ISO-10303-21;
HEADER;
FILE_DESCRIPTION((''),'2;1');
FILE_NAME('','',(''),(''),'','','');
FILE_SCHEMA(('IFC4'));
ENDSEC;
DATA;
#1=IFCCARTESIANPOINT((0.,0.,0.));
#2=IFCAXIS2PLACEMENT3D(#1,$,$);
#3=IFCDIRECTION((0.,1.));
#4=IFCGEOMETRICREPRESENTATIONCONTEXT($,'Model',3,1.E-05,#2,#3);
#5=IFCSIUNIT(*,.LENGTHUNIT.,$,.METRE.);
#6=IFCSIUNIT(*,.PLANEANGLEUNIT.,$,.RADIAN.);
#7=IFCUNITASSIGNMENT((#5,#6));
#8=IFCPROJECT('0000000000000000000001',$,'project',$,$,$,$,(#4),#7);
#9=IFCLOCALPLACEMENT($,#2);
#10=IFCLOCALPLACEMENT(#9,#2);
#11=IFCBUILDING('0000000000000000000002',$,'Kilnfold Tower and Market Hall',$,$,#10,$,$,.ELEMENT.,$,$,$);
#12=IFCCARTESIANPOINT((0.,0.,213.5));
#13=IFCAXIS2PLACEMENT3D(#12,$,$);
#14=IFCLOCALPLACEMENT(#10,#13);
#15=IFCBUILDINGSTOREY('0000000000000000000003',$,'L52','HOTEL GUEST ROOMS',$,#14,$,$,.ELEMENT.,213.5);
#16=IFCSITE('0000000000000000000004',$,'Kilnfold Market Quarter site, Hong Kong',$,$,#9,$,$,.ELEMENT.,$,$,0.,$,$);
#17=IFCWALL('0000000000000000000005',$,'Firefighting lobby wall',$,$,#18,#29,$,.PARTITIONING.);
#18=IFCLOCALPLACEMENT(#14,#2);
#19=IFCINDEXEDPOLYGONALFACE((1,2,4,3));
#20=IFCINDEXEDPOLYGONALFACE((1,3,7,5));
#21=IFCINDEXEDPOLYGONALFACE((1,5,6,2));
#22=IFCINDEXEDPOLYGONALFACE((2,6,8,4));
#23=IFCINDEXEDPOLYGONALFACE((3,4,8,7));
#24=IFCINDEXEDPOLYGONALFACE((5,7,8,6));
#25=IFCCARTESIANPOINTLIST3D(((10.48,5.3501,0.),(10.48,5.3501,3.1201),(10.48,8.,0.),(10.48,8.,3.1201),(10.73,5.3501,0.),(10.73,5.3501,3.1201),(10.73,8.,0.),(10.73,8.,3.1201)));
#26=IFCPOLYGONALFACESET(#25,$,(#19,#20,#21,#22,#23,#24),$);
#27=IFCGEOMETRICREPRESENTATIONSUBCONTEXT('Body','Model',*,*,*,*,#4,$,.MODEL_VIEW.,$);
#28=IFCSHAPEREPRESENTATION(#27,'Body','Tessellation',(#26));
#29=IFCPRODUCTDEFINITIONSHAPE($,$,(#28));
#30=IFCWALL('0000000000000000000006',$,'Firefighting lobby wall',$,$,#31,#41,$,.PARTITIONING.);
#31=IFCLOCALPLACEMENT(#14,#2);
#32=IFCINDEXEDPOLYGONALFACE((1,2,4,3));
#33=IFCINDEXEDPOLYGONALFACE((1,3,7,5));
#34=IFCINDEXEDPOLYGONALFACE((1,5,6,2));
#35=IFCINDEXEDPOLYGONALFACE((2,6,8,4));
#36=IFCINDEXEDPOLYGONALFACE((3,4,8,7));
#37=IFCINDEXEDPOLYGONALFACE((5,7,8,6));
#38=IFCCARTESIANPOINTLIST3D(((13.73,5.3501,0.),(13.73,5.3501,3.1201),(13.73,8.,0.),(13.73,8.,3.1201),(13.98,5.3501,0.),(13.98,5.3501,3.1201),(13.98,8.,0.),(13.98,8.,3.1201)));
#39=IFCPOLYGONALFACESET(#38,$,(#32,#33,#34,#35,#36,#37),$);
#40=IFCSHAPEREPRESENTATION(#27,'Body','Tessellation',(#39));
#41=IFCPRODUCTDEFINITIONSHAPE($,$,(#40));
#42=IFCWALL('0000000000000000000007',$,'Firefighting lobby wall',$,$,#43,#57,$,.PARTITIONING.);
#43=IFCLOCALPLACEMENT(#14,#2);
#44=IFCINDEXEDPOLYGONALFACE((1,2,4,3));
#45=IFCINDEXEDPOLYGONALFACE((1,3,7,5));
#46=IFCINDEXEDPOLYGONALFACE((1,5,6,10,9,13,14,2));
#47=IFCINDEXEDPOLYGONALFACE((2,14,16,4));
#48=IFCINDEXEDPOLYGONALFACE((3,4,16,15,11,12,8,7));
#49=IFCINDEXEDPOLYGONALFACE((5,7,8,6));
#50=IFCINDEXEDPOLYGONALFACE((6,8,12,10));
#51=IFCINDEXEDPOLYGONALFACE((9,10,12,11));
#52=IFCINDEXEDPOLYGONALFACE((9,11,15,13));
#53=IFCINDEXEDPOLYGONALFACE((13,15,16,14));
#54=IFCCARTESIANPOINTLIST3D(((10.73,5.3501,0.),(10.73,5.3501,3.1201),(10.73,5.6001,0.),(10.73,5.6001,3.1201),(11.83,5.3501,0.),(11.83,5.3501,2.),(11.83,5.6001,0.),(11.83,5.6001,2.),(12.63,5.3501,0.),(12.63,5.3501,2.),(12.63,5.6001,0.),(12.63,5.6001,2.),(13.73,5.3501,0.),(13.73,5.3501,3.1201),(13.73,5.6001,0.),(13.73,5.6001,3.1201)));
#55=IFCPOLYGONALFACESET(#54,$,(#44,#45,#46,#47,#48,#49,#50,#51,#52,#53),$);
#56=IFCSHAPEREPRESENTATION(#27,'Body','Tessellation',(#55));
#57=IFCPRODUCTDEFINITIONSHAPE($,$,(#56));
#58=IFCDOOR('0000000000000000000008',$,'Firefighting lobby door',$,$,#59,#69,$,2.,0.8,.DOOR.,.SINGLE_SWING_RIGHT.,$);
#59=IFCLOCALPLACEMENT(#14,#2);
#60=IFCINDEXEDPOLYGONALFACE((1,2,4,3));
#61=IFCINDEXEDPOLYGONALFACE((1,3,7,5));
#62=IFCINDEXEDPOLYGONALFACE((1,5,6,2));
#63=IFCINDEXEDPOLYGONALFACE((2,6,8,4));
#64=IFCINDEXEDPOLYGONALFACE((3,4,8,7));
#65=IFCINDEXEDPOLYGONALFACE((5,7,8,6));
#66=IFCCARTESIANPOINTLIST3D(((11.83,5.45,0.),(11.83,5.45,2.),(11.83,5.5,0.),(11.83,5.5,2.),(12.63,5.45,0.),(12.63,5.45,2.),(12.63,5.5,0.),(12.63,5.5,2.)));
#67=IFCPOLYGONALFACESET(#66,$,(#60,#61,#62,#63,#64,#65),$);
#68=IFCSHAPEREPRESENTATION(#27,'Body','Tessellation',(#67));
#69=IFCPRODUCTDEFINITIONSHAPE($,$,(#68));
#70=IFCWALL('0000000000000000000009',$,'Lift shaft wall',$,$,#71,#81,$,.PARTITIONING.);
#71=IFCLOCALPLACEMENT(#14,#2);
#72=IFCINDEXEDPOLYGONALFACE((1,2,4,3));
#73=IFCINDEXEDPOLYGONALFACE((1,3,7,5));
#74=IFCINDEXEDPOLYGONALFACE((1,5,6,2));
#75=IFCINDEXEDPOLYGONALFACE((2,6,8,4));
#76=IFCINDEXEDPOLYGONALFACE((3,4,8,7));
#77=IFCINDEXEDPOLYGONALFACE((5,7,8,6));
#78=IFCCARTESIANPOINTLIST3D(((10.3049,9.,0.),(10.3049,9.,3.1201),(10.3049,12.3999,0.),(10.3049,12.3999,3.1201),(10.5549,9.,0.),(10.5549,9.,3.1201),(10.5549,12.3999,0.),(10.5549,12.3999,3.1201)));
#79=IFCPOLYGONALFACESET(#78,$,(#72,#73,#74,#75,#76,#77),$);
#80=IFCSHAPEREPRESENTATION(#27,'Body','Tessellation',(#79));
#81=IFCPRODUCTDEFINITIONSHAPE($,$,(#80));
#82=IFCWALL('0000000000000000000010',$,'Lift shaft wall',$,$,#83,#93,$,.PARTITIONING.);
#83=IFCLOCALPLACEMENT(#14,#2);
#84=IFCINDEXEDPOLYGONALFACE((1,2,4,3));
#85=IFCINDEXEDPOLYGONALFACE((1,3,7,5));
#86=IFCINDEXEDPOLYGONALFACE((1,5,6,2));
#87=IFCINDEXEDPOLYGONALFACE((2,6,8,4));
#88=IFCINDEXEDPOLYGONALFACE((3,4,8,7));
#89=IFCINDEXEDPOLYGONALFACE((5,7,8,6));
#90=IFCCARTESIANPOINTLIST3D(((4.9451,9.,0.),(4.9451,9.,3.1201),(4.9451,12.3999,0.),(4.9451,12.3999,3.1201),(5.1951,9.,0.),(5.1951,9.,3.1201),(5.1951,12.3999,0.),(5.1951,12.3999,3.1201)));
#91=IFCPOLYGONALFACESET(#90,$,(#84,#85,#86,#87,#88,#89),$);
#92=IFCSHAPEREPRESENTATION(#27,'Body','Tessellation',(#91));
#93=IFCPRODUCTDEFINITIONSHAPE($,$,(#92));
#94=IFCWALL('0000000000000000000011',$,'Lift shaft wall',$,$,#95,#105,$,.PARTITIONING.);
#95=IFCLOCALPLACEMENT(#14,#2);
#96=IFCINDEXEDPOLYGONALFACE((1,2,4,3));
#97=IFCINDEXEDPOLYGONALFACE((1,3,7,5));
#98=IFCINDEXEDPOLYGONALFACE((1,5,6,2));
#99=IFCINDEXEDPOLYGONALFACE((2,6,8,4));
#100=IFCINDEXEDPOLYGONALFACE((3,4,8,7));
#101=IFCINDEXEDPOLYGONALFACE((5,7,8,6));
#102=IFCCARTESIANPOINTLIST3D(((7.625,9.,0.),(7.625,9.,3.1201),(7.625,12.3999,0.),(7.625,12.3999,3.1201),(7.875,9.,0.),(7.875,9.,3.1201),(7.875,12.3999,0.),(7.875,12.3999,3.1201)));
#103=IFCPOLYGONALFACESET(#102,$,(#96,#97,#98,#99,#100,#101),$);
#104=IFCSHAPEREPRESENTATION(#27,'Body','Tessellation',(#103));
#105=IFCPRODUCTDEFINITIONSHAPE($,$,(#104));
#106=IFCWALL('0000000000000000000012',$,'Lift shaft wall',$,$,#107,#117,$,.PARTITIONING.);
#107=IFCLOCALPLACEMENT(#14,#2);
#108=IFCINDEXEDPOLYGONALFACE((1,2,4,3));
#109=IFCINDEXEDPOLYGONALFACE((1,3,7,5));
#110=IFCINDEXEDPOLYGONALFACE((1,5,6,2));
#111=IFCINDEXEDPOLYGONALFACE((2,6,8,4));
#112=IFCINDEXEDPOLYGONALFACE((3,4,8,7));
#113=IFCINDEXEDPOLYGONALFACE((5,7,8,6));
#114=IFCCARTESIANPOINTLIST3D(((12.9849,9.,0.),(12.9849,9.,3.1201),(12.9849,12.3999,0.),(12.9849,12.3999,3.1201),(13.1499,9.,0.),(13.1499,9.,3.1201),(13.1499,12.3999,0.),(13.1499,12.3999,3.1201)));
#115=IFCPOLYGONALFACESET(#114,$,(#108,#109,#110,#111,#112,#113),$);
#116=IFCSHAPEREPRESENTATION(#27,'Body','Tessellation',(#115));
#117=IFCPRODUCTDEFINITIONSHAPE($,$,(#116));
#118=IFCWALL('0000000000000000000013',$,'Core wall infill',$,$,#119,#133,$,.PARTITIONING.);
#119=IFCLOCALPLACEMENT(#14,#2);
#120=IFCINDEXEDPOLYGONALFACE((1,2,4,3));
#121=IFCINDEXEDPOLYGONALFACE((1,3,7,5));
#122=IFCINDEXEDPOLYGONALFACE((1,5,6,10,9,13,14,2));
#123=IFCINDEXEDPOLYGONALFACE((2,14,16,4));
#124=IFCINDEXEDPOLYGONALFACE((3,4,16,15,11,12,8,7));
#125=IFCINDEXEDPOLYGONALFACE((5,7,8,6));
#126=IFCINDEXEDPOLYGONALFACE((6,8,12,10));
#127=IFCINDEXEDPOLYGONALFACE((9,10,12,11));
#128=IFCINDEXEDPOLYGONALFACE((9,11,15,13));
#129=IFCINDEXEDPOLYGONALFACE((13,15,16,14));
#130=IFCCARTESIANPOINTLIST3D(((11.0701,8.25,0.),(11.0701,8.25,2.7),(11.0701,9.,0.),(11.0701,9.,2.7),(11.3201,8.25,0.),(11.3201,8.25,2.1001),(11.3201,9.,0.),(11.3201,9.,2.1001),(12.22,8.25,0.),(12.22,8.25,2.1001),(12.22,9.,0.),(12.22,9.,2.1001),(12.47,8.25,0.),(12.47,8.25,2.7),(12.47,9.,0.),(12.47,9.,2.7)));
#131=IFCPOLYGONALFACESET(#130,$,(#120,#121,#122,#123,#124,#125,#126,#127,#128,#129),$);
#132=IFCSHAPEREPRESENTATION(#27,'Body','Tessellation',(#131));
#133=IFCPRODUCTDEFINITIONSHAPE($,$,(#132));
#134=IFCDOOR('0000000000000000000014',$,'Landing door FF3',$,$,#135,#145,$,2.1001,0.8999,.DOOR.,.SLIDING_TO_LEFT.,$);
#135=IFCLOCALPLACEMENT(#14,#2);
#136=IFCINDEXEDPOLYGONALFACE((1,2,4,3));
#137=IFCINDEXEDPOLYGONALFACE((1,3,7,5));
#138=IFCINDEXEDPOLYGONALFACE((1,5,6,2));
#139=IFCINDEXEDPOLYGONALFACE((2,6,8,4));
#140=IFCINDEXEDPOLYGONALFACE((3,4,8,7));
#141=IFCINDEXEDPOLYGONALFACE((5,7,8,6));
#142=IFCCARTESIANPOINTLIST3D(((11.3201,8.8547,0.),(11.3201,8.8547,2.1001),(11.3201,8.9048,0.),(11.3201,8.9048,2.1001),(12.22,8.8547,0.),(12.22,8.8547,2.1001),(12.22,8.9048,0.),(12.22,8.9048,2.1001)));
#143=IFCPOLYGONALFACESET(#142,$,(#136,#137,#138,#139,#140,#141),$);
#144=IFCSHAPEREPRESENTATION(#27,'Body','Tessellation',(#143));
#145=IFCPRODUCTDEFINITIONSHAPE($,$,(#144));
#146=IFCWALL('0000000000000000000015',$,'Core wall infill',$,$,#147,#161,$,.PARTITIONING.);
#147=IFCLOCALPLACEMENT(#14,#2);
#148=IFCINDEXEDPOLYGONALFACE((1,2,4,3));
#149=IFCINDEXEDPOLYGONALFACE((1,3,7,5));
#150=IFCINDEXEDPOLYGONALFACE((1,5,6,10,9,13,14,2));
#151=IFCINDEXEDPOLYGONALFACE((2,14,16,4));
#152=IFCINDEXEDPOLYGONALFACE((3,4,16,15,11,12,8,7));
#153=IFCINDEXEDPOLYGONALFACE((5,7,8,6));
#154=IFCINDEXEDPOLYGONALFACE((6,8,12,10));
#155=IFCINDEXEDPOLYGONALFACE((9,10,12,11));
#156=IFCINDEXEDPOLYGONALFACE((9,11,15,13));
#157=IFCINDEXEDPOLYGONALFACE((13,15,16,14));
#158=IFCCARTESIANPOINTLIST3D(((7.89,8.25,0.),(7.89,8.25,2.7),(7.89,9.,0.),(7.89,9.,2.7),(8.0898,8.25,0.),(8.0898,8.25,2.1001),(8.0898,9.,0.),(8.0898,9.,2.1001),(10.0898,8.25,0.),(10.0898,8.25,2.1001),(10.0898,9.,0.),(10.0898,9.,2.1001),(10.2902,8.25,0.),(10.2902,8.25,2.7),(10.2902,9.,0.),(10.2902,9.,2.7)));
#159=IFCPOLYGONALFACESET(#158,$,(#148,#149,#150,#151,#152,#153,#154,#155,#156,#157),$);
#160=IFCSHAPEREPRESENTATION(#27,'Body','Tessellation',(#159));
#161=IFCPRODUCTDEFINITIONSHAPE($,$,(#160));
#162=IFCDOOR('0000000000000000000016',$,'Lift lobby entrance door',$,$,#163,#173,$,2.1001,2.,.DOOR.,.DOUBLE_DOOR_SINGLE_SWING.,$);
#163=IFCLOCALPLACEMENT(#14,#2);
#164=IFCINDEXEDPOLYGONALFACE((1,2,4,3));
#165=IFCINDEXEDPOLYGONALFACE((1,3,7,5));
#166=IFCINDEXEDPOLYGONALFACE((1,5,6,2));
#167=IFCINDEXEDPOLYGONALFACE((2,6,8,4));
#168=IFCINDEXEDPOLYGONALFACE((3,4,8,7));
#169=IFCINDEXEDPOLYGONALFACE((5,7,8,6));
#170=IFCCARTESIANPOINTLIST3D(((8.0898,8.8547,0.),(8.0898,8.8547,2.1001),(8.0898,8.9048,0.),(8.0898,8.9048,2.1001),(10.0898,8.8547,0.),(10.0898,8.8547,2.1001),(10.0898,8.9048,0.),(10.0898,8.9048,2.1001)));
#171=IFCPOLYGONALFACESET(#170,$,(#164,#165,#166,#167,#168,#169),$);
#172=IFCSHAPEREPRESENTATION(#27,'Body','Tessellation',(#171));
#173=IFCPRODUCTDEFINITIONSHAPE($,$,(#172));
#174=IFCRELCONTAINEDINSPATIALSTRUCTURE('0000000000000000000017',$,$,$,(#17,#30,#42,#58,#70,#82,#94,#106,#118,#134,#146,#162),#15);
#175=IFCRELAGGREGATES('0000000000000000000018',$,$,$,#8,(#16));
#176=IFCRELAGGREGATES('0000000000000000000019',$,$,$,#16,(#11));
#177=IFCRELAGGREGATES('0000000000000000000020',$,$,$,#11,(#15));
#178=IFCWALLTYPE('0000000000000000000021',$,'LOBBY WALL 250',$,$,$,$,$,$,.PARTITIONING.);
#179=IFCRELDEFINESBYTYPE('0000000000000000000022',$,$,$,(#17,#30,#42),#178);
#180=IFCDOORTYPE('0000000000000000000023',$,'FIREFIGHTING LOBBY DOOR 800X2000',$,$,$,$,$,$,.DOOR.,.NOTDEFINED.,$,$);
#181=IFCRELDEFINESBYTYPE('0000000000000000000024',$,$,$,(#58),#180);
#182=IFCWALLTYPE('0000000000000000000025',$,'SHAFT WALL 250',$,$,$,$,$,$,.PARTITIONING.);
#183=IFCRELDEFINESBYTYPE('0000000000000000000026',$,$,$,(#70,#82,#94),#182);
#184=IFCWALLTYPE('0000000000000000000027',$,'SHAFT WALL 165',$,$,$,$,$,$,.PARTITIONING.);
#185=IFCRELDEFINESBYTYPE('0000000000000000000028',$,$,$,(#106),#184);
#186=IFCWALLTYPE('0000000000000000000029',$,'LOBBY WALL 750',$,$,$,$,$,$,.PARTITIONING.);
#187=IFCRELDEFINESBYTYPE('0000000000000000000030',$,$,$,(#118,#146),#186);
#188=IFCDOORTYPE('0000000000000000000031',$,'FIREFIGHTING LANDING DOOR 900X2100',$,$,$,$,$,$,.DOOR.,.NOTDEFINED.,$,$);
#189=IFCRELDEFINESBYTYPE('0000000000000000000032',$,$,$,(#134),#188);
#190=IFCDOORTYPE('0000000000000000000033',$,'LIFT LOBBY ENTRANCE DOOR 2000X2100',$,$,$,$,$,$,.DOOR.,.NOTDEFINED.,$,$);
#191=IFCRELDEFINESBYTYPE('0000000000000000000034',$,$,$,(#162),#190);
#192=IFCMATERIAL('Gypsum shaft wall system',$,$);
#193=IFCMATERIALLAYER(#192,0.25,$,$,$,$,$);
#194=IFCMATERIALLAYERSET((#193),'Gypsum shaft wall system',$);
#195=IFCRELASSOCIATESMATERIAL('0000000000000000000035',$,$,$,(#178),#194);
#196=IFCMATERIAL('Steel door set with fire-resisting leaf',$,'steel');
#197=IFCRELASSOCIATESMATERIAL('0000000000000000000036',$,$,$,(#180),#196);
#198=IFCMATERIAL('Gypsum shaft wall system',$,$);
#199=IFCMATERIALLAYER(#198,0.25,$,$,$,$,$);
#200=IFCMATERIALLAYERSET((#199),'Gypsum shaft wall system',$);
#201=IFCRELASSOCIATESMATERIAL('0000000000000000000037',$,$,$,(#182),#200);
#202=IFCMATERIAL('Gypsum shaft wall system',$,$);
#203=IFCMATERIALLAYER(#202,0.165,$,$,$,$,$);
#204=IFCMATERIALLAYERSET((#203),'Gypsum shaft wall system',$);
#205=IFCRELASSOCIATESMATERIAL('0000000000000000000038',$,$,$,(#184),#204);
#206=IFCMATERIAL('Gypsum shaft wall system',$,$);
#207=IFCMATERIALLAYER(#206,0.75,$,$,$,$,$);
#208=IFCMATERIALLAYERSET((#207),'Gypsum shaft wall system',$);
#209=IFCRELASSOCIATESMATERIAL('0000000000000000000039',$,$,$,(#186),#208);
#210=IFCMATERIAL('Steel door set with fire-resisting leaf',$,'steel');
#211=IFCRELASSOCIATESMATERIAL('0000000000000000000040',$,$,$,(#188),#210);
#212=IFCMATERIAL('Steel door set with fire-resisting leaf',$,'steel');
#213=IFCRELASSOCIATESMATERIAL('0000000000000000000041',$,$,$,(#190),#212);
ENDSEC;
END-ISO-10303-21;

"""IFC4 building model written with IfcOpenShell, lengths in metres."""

from ifc_helpers import new_model, si_unit, direction, frame, frame_2d, origin, place, context, subcontext, project, spatial, rectangle, extrude, source, transform, mapped, material, layer, layer_set, type_object, element, fill, save


model = new_model("IFC4")

# Units and contexts
model_context = context("Model", 3, precision=1e-05, world=origin(), true_north=direction((0.0, 1.0)))
body_context = subcontext(model_context, "Body", "Model", "MODEL_VIEW")
ifc_project = project(units=[si_unit("LENGTHUNIT", "METRE"), si_unit("PLANEANGLEUNIT", "RADIAN")], contexts=[model_context])

# Site, building, storey
site_placement = place(None, origin())
site = spatial("IfcSite", under=ifc_project, at=site_placement, Name="Kilnfold Market Quarter site, Hong Kong", CompositionType="ELEMENT", RefElevation=0.0)
building_placement = place(site_placement, origin())
building = spatial("IfcBuilding", under=site, at=building_placement, Name="Kilnfold Tower and Market Hall", CompositionType="ELEMENT")
storey_placement = place(building_placement, frame((0.0, 0.0, 213.5)))
storey = spatial("IfcBuildingStorey", under=building, at=storey_placement, Name="L52", Description="HOTEL GUEST ROOMS", CompositionType="ELEMENT", Elevation=213.5)

# Walls
ifc_material_1 = material(Name="Gypsum shaft wall system")
ifc_layer_1 = layer(ifc_material_1, 0.25)
ifc_layer_set_1 = layer_set([ifc_layer_1], Name="Gypsum shaft wall system")
wall_type_1 = type_object("IfcWallType", Name="LOBBY WALL 250", PredefinedType="PARTITIONING", material=ifc_layer_set_1)
shared_shape_1 = source(origin(), body_context, "Body", "SweptSolid", [
    extrude(rectangle(XDim=2.6499, YDim=0.25, at=frame_2d((1.325, 0.0))), origin(), (0.0, 0.0, 1.0), 3.1201),
])
for number, where, z_axis, x_axis, name in (
    (1, (10.605, 5.3501, 0.0), (0.0, 0.0, 1.0), (0.0, 1.0, 0.0), "Firefighting lobby wall"),
    (2, (13.855, 5.3501, 0.0), (0.0, 0.0, 1.0), (0.0, 1.0, 0.0), "Firefighting lobby wall"),
):
    element("IfcWall", number, at=place(storey_placement, frame(where, z_axis=z_axis, x_axis=x_axis)), inside=storey, type_object=wall_type_1, Name=name, PredefinedType="PARTITIONING", context=body_context, shape_type="MappedRepresentation", body=[
        mapped(shared_shape_1, transform((0.0, 0.0, 0.0))),
    ])

# Wall, opening, door
shared_shape_2 = source(origin(), body_context, "Body", "SweptSolid", [
    extrude(rectangle(XDim=3.0, YDim=0.25, at=frame_2d((1.5, 0.0))), origin(), (0.0, 0.0, 1.0), 3.1201),
])
wall_1_placement = place(storey_placement, frame((10.73, 5.4751, 0.0), z_axis=(0.0, 0.0, 1.0), x_axis=(1.0, 0.0, 0.0)))
wall_1 = element("IfcWall", 3, at=wall_1_placement, inside=storey, type_object=wall_type_1, Name="Firefighting lobby wall", PredefinedType="PARTITIONING", context=body_context, shape_type="MappedRepresentation", body=[
    mapped(shared_shape_2, transform((0.0, 0.0, 0.0))),
])
opening_1_placement = place(wall_1_placement, frame((1.1001, 0.0, 0.0)))
opening_1 = element("IfcOpeningElement", 4, at=opening_1_placement, cuts=wall_1, PredefinedType="OPENING", context=body_context, shape_type="SweptSolid", body=[
    extrude(rectangle(XDim=0.8, YDim=2.0, at=frame_2d((0.3999, 1.0))), frame((0.0, 0.135, 0.0), z_axis=(0.0, -1.0, 0.0), x_axis=(1.0, 0.0, 0.0)), (0.0, 0.0, 1.0), 0.27),
])
ifc_material_2 = material(Name="Steel door set with fire-resisting leaf", Category="steel")
door_type_1 = type_object("IfcDoorType", Name="FIREFIGHTING LOBBY DOOR 800X2000", OperationType="NOTDEFINED", PredefinedType="DOOR", material=ifc_material_2)
door_1_placement = place(opening_1_placement, origin())
door_1 = element("IfcDoor", 5, at=door_1_placement, inside=storey, type_object=door_type_1, Name="Firefighting lobby door", OperationType="SINGLE_SWING_RIGHT", OverallHeight=2.0, OverallWidth=0.8, PredefinedType="DOOR", context=body_context, shape_type="SweptSolid", body=[
    extrude(rectangle(XDim=0.8, YDim=2.0, at=frame_2d((0.3999, 1.0))), frame((0.0, 0.0249, 0.0), z_axis=(0.0, -1.0, 0.0), x_axis=(1.0, 0.0, 0.0)), (0.0, 0.0, 1.0), 0.05),
])
fill(opening_1, door_1)

# Walls
ifc_material_3 = material(Name="Gypsum shaft wall system")
ifc_layer_2 = layer(ifc_material_3, 0.25)
ifc_layer_set_2 = layer_set([ifc_layer_2], Name="Gypsum shaft wall system")
wall_type_2 = type_object("IfcWallType", Name="SHAFT WALL 250", PredefinedType="PARTITIONING", material=ifc_layer_set_2)
shared_shape_3 = source(origin(), body_context, "Body", "SweptSolid", [
    extrude(rectangle(XDim=3.3999, YDim=0.25, at=frame_2d((1.7, 0.0))), origin(), (0.0, 0.0, 1.0), 3.1201),
])
for number, where, z_axis, x_axis, name in (
    (6, (10.4299, 9.0, 0.0), (0.0, 0.0, 1.0), (0.0, 1.0, 0.0), "Lift shaft wall"),
    (7, (5.0701, 9.0, 0.0), (0.0, 0.0, 1.0), (0.0, 1.0, 0.0), "Lift shaft wall"),
    (8, (7.75, 9.0, 0.0), (0.0, 0.0, 1.0), (0.0, 1.0, 0.0), "Lift shaft wall"),
):
    element("IfcWall", number, at=place(storey_placement, frame(where, z_axis=z_axis, x_axis=x_axis)), inside=storey, type_object=wall_type_2, Name=name, PredefinedType="PARTITIONING", context=body_context, shape_type="MappedRepresentation", body=[
        mapped(shared_shape_3, transform((0.0, 0.0, 0.0))),
    ])
ifc_material_4 = material(Name="Gypsum shaft wall system")
ifc_layer_3 = layer(ifc_material_4, 0.165)
ifc_layer_set_3 = layer_set([ifc_layer_3], Name="Gypsum shaft wall system")
wall_type_3 = type_object("IfcWallType", Name="SHAFT WALL 165", PredefinedType="PARTITIONING", material=ifc_layer_set_3)
shared_shape_4 = source(origin(), body_context, "Body", "SweptSolid", [
    extrude(rectangle(XDim=3.3999, YDim=0.165, at=frame_2d((1.7, 0.0))), origin(), (0.0, 0.0, 1.0), 3.1201),
])
wall_2_placement = place(storey_placement, frame((13.0674, 9.0, 0.0), z_axis=(0.0, 0.0, 1.0), x_axis=(0.0, 1.0, 0.0)))
element("IfcWall", 9, at=wall_2_placement, inside=storey, type_object=wall_type_3, Name="Lift shaft wall", PredefinedType="PARTITIONING", context=body_context, shape_type="MappedRepresentation", body=[
    mapped(shared_shape_4, transform((0.0, 0.0, 0.0))),
])

# Walls, openings, doors
ifc_material_5 = material(Name="Gypsum shaft wall system")
ifc_layer_4 = layer(ifc_material_5, 0.75)
ifc_layer_set_4 = layer_set([ifc_layer_4], Name="Gypsum shaft wall system")
wall_type_4 = type_object("IfcWallType", Name="LOBBY WALL 750", PredefinedType="PARTITIONING", material=ifc_layer_set_4)
shared_shape_5 = source(origin(), body_context, "Body", "SweptSolid", [
    extrude(rectangle(XDim=1.3999, YDim=0.75, at=frame_2d((0.7, 0.0))), origin(), (0.0, 0.0, 1.0), 2.7),
])
wall_3_placement = place(storey_placement, frame((11.0701, 8.625, 0.0), z_axis=(0.0, 0.0, 1.0), x_axis=(1.0, 0.0, 0.0)))
wall_3 = element("IfcWall", 10, at=wall_3_placement, inside=storey, type_object=wall_type_4, Name="Core wall infill", PredefinedType="PARTITIONING", context=body_context, shape_type="MappedRepresentation", body=[
    mapped(shared_shape_5, transform((0.0, 0.0, 0.0))),
])
opening_2_placement = place(wall_3_placement, frame((0.25, 0.0, 0.0)))
opening_2 = element("IfcOpeningElement", 11, at=opening_2_placement, cuts=wall_3, PredefinedType="OPENING", context=body_context, shape_type="SweptSolid", body=[
    extrude(rectangle(XDim=0.8999, YDim=2.1001, at=frame_2d((0.45, 1.05))), frame((0.0, 0.385, 0.0), z_axis=(0.0, -1.0, 0.0), x_axis=(1.0, 0.0, 0.0)), (0.0, 0.0, 1.0), 0.77),
])
ifc_material_6 = material(Name="Steel door set with fire-resisting leaf", Category="steel")
door_type_2 = type_object("IfcDoorType", Name="FIREFIGHTING LANDING DOOR 900X2100", OperationType="NOTDEFINED", PredefinedType="DOOR", material=ifc_material_6)
door_2_placement = place(opening_2_placement, origin())
door_2 = element("IfcDoor", 12, at=door_2_placement, inside=storey, type_object=door_type_2, Name="Landing door FF3", OperationType="SLIDING_TO_LEFT", OverallHeight=2.1001, OverallWidth=0.8999, PredefinedType="DOOR", context=body_context, shape_type="SweptSolid", body=[
    extrude(rectangle(XDim=0.8999, YDim=2.1001, at=frame_2d((0.45, 1.05))), frame((0.0, 0.2798, 0.0), z_axis=(0.0, -1.0, 0.0), x_axis=(1.0, 0.0, 0.0)), (0.0, 0.0, 1.0), 0.05),
])
fill(opening_2, door_2)
shared_shape_6 = source(origin(), body_context, "Body", "SweptSolid", [
    extrude(rectangle(XDim=2.4001, YDim=0.75, at=frame_2d((1.2002, 0.0))), origin(), (0.0, 0.0, 1.0), 2.7),
])
wall_4_placement = place(storey_placement, frame((7.8899, 8.625, 0.0), z_axis=(0.0, 0.0, 1.0), x_axis=(1.0, 0.0, 0.0)))
wall_4 = element("IfcWall", 13, at=wall_4_placement, inside=storey, type_object=wall_type_4, Name="Core wall infill", PredefinedType="PARTITIONING", context=body_context, shape_type="MappedRepresentation", body=[
    mapped(shared_shape_6, transform((0.0, 0.0, 0.0))),
])
opening_3_placement = place(wall_4_placement, frame((0.2, 0.0, 0.0)))
opening_3 = element("IfcOpeningElement", 14, at=opening_3_placement, cuts=wall_4, PredefinedType="OPENING", context=body_context, shape_type="SweptSolid", body=[
    extrude(rectangle(XDim=2.0, YDim=2.1001, at=frame_2d((1.0, 1.05))), frame((0.0, 0.385, 0.0), z_axis=(0.0, -1.0, 0.0), x_axis=(1.0, 0.0, 0.0)), (0.0, 0.0, 1.0), 0.77),
])
ifc_material_7 = material(Name="Steel door set with fire-resisting leaf", Category="steel")
door_type_3 = type_object("IfcDoorType", Name="LIFT LOBBY ENTRANCE DOOR 2000X2100", OperationType="NOTDEFINED", PredefinedType="DOOR", material=ifc_material_7)
door_3_placement = place(opening_3_placement, origin())
door_3 = element("IfcDoor", 15, at=door_3_placement, inside=storey, type_object=door_type_3, Name="Lift lobby entrance door", OperationType="DOUBLE_DOOR_SINGLE_SWING", OverallHeight=2.1001, OverallWidth=2.0, PredefinedType="DOOR", context=body_context, shape_type="SweptSolid", body=[
    extrude(rectangle(XDim=2.0, YDim=2.1001, at=frame_2d((1.0, 1.05))), frame((0.0, 0.2798, 0.0), z_axis=(0.0, -1.0, 0.0), x_axis=(1.0, 0.0, 0.0)), (0.0, 0.0, 1.0), 0.05),
])
fill(opening_3, door_3)

save(model, "model.ifc")
